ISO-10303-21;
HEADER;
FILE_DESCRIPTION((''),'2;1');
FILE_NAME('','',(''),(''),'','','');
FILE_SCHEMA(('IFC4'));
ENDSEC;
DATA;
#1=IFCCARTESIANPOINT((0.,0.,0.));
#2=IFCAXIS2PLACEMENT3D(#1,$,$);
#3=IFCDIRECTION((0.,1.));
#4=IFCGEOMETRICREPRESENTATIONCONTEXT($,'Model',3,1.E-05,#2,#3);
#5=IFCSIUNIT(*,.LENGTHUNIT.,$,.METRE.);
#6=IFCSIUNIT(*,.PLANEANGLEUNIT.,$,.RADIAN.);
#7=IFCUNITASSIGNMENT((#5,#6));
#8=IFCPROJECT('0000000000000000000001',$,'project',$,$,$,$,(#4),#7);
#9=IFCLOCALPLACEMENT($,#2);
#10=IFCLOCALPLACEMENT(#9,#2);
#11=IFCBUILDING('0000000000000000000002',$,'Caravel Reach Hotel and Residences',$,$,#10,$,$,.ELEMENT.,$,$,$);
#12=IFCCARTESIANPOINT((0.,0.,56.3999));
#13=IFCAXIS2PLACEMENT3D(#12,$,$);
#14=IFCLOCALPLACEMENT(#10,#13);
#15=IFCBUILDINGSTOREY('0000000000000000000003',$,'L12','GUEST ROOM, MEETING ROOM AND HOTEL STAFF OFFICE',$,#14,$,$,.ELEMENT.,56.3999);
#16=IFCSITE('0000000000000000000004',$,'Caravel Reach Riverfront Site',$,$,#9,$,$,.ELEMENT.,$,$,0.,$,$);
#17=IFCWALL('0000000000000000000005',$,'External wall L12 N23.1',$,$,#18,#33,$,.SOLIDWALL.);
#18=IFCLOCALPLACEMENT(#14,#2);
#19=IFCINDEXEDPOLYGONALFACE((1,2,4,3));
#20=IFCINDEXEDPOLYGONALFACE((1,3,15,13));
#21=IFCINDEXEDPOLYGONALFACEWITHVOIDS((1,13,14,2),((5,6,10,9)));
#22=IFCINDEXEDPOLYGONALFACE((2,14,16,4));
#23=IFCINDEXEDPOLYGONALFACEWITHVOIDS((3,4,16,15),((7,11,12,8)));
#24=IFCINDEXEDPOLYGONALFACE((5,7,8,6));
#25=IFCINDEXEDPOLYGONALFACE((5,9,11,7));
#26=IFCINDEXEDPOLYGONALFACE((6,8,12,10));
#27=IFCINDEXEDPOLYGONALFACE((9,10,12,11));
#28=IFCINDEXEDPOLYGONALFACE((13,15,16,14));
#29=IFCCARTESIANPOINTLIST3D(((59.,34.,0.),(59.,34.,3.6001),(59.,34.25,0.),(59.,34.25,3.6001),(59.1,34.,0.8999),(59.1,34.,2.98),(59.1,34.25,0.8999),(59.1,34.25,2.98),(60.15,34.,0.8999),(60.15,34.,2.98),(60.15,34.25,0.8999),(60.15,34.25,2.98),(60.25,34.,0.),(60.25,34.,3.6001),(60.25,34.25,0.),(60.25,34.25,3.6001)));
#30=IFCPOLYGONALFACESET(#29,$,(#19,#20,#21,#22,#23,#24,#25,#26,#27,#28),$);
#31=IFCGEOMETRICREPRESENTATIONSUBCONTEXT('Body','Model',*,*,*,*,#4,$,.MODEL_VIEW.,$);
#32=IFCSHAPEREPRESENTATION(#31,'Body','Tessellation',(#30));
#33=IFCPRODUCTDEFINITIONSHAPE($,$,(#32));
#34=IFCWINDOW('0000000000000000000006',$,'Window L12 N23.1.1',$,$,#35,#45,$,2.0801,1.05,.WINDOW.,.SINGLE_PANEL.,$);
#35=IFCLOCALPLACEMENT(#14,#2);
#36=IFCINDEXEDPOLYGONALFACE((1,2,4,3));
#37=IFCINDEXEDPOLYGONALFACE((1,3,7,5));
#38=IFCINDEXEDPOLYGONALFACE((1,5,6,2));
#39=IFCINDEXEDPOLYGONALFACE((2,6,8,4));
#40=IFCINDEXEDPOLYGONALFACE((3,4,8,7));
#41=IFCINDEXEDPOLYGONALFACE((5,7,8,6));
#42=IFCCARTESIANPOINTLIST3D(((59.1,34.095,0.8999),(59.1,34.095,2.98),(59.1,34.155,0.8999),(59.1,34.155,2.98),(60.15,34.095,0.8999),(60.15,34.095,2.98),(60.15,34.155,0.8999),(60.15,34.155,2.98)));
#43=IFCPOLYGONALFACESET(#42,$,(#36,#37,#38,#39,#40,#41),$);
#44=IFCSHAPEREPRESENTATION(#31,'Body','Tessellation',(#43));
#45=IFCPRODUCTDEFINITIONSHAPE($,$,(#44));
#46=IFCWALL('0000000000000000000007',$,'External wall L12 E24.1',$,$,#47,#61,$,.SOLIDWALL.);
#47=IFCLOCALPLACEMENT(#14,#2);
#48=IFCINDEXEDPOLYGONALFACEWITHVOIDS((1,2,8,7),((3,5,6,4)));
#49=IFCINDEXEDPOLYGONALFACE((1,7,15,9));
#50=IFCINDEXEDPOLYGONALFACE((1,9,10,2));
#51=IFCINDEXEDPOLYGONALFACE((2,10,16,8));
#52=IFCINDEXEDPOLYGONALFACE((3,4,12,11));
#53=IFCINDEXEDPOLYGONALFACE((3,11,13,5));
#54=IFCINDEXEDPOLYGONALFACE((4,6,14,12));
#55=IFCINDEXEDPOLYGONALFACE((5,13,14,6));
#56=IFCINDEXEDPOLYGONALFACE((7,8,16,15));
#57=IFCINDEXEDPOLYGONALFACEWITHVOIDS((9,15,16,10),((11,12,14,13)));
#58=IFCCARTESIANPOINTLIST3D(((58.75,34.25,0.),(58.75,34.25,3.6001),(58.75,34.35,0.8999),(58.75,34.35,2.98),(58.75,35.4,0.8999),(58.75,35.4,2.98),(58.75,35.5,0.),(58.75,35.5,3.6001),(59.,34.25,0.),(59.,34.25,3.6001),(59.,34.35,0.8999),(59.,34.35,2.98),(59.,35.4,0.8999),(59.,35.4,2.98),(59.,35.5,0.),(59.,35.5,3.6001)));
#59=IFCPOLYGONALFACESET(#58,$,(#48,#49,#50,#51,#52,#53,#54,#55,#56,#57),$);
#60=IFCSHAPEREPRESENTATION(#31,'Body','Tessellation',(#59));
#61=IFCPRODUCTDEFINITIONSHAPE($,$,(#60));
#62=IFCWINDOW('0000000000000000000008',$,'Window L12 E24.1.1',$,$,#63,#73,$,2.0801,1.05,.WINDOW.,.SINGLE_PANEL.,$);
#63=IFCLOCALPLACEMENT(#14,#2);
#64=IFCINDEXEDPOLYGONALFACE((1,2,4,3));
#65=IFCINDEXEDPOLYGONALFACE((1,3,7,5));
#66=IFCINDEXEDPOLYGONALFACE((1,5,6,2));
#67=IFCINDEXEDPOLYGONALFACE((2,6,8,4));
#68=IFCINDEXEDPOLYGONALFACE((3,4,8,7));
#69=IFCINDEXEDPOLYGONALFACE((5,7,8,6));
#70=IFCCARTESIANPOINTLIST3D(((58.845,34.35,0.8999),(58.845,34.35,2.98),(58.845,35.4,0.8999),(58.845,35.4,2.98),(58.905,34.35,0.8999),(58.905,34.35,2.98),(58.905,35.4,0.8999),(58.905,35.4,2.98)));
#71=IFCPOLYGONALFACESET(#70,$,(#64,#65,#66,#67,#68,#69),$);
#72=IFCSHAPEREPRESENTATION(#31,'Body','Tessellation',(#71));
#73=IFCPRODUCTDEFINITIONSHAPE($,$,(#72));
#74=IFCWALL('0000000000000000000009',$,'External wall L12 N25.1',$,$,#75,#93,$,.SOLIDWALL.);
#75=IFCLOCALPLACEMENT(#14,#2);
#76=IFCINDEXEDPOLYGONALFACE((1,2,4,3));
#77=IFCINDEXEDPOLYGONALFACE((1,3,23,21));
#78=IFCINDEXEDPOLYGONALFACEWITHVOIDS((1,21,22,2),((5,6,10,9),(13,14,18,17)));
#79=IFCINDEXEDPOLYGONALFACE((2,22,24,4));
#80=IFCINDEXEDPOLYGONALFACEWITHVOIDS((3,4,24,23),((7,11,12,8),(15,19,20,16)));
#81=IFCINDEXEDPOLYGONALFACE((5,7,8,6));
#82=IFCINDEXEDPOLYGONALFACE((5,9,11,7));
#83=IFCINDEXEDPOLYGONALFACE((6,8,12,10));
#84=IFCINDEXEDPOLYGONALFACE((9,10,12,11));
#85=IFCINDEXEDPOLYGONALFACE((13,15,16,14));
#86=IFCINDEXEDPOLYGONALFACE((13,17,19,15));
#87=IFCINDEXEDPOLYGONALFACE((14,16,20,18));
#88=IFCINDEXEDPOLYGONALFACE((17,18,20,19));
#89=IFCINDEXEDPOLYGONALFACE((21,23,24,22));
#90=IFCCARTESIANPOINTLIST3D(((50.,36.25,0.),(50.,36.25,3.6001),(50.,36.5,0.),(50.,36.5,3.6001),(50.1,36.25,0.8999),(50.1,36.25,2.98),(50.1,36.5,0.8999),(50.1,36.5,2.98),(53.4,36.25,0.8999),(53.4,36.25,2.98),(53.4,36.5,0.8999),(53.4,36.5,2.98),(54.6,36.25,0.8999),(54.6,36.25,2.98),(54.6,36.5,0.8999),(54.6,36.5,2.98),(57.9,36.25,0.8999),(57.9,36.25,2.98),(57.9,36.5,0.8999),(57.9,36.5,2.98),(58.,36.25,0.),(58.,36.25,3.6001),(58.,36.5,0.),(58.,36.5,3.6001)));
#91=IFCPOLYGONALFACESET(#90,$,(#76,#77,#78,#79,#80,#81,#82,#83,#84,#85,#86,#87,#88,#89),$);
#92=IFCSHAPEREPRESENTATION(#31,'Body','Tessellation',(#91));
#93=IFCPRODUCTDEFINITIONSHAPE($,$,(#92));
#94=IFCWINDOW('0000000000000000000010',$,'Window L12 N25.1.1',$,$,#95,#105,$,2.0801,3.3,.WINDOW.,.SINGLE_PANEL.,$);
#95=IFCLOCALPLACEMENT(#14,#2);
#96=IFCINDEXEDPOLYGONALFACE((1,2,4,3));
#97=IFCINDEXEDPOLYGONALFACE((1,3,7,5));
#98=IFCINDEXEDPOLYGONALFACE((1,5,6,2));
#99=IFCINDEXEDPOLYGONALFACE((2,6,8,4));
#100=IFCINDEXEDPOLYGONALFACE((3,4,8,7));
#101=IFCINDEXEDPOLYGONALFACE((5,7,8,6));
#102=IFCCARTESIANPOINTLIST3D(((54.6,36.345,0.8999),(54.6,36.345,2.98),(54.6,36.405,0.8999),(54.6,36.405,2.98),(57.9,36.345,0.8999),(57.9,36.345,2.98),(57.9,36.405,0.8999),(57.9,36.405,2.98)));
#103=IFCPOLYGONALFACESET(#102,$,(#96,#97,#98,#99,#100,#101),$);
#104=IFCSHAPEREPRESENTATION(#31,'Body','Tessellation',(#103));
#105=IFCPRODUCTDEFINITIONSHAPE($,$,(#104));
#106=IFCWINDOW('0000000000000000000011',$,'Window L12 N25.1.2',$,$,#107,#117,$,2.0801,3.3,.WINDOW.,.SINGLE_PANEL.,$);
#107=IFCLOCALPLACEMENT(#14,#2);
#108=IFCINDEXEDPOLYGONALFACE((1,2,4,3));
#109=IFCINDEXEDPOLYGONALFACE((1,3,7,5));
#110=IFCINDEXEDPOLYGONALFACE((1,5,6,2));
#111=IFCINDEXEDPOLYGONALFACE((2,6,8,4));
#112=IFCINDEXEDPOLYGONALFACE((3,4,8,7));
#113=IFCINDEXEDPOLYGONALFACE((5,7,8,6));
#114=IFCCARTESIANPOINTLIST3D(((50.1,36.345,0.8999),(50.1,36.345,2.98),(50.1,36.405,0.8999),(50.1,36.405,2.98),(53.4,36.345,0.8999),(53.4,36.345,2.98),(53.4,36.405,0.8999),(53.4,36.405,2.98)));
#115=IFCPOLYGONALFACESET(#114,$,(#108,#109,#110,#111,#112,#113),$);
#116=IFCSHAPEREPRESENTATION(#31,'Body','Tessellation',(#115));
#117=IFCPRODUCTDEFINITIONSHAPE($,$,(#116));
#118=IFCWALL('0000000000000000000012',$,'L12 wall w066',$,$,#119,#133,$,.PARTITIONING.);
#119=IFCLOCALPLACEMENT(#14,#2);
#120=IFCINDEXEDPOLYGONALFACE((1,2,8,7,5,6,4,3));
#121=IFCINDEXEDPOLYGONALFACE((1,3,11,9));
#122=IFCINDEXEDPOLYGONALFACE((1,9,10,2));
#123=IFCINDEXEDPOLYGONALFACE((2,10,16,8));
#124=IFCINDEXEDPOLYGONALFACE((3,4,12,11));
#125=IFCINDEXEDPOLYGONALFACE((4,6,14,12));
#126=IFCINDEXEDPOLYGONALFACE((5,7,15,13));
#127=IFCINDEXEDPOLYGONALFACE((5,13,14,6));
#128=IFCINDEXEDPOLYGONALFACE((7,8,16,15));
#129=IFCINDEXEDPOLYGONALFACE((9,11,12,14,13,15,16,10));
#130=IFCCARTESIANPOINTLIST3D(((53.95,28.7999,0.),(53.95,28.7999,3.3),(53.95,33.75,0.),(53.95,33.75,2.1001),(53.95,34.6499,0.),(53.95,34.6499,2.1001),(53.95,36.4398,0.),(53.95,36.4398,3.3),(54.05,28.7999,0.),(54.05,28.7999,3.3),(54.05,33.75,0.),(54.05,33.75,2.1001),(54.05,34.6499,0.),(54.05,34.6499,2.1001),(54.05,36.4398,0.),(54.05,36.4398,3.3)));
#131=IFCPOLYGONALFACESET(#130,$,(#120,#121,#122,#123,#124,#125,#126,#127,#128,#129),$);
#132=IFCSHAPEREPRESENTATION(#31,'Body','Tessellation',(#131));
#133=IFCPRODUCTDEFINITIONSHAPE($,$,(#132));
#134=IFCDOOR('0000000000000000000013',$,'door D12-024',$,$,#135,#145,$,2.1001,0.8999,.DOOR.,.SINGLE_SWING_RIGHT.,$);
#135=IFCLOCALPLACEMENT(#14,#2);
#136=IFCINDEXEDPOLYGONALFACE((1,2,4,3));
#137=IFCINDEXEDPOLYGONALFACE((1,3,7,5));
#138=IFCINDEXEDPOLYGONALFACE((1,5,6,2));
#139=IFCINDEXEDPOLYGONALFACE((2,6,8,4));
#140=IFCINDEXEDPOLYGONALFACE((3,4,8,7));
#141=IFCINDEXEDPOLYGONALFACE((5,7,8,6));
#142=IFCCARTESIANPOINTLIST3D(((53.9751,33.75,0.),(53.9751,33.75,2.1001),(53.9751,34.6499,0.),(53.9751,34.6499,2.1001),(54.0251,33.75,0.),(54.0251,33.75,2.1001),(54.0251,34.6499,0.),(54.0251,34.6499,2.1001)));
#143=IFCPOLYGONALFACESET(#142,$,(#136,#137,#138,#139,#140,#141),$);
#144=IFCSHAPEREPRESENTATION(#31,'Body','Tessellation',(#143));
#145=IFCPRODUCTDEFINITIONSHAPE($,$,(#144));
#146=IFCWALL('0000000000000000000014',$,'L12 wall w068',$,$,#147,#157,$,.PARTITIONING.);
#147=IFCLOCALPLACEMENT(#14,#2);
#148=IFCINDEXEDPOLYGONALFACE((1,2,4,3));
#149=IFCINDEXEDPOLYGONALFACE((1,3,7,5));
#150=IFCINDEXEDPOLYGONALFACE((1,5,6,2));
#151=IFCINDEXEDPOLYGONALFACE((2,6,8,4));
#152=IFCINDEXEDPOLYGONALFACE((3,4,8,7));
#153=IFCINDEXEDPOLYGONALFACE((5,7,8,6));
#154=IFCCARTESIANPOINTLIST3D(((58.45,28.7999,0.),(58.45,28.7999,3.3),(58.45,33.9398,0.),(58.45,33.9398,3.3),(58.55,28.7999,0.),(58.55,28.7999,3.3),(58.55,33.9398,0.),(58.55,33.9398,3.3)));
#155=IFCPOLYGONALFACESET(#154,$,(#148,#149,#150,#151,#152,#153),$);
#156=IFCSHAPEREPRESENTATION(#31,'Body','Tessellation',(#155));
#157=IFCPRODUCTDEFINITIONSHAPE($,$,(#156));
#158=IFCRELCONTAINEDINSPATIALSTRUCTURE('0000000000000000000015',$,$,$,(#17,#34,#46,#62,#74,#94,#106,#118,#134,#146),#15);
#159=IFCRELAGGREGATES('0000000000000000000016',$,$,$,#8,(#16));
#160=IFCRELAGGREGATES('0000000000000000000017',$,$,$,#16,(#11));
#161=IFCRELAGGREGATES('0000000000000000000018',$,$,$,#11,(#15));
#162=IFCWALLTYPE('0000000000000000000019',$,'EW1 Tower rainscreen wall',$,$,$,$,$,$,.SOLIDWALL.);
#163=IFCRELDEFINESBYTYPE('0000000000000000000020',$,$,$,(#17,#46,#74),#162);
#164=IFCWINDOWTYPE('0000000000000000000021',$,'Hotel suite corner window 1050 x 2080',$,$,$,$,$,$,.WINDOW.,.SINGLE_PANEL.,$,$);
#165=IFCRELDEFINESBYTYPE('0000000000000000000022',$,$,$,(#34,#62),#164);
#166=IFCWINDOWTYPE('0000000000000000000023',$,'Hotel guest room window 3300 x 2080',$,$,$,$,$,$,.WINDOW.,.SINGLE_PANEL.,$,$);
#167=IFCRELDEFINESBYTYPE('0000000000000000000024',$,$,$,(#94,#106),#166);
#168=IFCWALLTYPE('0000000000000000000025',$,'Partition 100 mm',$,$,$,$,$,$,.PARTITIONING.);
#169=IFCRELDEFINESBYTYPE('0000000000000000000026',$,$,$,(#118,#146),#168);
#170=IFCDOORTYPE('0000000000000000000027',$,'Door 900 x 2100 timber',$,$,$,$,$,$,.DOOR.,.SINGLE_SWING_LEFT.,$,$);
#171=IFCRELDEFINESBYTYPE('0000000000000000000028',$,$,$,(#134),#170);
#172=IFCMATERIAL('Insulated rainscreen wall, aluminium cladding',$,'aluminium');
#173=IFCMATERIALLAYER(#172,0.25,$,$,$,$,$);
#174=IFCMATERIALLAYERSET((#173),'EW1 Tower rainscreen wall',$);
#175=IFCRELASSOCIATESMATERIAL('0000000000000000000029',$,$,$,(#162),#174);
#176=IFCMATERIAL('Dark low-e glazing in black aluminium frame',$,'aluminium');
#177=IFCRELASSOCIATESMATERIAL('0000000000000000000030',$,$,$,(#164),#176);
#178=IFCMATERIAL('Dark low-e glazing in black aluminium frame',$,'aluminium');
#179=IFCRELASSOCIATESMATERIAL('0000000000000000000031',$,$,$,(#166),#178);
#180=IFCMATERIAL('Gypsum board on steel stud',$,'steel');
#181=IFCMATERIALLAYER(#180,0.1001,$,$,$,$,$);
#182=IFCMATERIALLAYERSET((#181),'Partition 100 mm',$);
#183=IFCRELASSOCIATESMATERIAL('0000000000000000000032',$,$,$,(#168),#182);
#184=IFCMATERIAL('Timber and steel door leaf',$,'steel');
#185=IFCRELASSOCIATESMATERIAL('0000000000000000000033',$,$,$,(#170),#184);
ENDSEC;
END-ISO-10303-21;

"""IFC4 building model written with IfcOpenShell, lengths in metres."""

from ifc_helpers import new_model, si_unit, direction, frame, frame_2d, origin, place, context, subcontext, project, spatial, rectangle, extrude, material, layer, layer_set, type_object, element, fill, save


model = new_model("IFC4")

# Units and contexts
model_context = context("Model", 3, precision=1e-05, world=origin(), true_north=direction((0.0, 1.0)))
body_context = subcontext(model_context, "Body", "Model", "MODEL_VIEW")
ifc_project = project(units=[si_unit("LENGTHUNIT", "METRE"), si_unit("PLANEANGLEUNIT", "RADIAN")], contexts=[model_context])

# Site, building, storey
site_placement = place(None, origin())
site = spatial("IfcSite", under=ifc_project, at=site_placement, Name="Caravel Reach Riverfront Site", CompositionType="ELEMENT", RefElevation=0.0)
building_placement = place(site_placement, origin())
building = spatial("IfcBuilding", under=site, at=building_placement, Name="Caravel Reach Hotel and Residences", CompositionType="ELEMENT")
storey_placement = place(building_placement, frame((0.0, 0.0, 56.3999)))
storey = spatial("IfcBuildingStorey", under=building, at=storey_placement, Name="L12", Description="GUEST ROOM, MEETING ROOM AND HOTEL STAFF OFFICE", CompositionType="ELEMENT", Elevation=56.3999)

# Walls, openings, windows
ifc_material_1 = material(Name="Insulated rainscreen wall, aluminium cladding", Category="aluminium")
ifc_layer_1 = layer(ifc_material_1, 0.25)
ifc_layer_set_1 = layer_set([ifc_layer_1], Name="EW1 Tower rainscreen wall")
wall_type_1 = type_object("IfcWallType", Name="EW1 Tower rainscreen wall", PredefinedType="SOLIDWALL", material=ifc_layer_set_1)
ifc_material_2 = material(Name="Dark low-e glazing in black aluminium frame", Category="aluminium")
window_type_1 = type_object("IfcWindowType", Name="Hotel suite corner window 1050 x 2080", PartitioningType="SINGLE_PANEL", PredefinedType="WINDOW", material=ifc_material_2)
wall_1_placement = place(storey_placement, frame((60.25, 34.125, 0.0), z_axis=(0.0, 0.0, 1.0), x_axis=(-1.0, 0.0, 0.0)))
wall_1 = element("IfcWall", 1, at=wall_1_placement, inside=storey, type_object=wall_type_1, Name="External wall L12 N23.1", PredefinedType="SOLIDWALL", context=body_context, shape_type="SweptSolid", body=[
    extrude(rectangle(XDim=1.25, YDim=0.25, at=frame_2d((0.625, 0.0))), origin(), (0.0, 0.0, 1.0), 3.6001),
])
opening_1_placement = place(wall_1_placement, frame((0.1001, 0.0, 0.8999)))
opening_1 = element("IfcOpeningElement", 2, at=opening_1_placement, cuts=wall_1, PredefinedType="OPENING", context=body_context, shape_type="SweptSolid", body=[
    extrude(rectangle(XDim=1.05, YDim=2.0801, at=frame_2d((0.5249, 1.04))), frame((0.0, 0.135, 0.0), z_axis=(0.0, -1.0, 0.0), x_axis=(1.0, 0.0, 0.0)), (0.0, 0.0, 1.0), 0.27),
])
window_1_placement = place(opening_1_placement, origin())
window_1 = element("IfcWindow", 3, at=window_1_placement, inside=storey, type_object=window_type_1, Name="Window L12 N23.1.1", OverallHeight=2.0801, OverallWidth=1.05, PartitioningType="SINGLE_PANEL", PredefinedType="WINDOW", context=body_context, shape_type="SweptSolid", body=[
    extrude(rectangle(XDim=1.05, YDim=2.0801, at=frame_2d((0.5249, 1.04))), frame((0.0, 0.03, 0.0), z_axis=(0.0, -1.0, 0.0), x_axis=(1.0, 0.0, 0.0)), (0.0, 0.0, 1.0), 0.0601),
])
fill(opening_1, window_1)
wall_2_placement = place(storey_placement, frame((58.875, 34.25, 0.0), z_axis=(0.0, 0.0, 1.0), x_axis=(0.0, 1.0, 0.0)))
wall_2 = element("IfcWall", 4, at=wall_2_placement, inside=storey, type_object=wall_type_1, Name="External wall L12 E24.1", PredefinedType="SOLIDWALL", context=body_context, shape_type="SweptSolid", body=[
    extrude(rectangle(XDim=1.25, YDim=0.25, at=frame_2d((0.625, 0.0))), origin(), (0.0, 0.0, 1.0), 3.6001),
])
opening_2_placement = place(wall_2_placement, frame((0.1001, 0.0, 0.8999)))
opening_2 = element("IfcOpeningElement", 5, at=opening_2_placement, cuts=wall_2, PredefinedType="OPENING", context=body_context, shape_type="SweptSolid", body=[
    extrude(rectangle(XDim=1.05, YDim=2.0801, at=frame_2d((0.5249, 1.04))), frame((0.0, 0.135, 0.0), z_axis=(0.0, -1.0, 0.0), x_axis=(1.0, 0.0, 0.0)), (0.0, 0.0, 1.0), 0.27),
])
window_2_placement = place(opening_2_placement, origin())
window_2 = element("IfcWindow", 6, at=window_2_placement, inside=storey, type_object=window_type_1, Name="Window L12 E24.1.1", OverallHeight=2.0801, OverallWidth=1.05, PartitioningType="SINGLE_PANEL", PredefinedType="WINDOW", context=body_context, shape_type="SweptSolid", body=[
    extrude(rectangle(XDim=1.05, YDim=2.0801, at=frame_2d((0.5249, 1.04))), frame((0.0, 0.03, 0.0), z_axis=(0.0, -1.0, 0.0), x_axis=(1.0, 0.0, 0.0)), (0.0, 0.0, 1.0), 0.0601),
])
fill(opening_2, window_2)

# Wall, openings, windows
wall_3_placement = place(storey_placement, frame((58.0, 36.375, 0.0), z_axis=(0.0, 0.0, 1.0), x_axis=(-1.0, 0.0, 0.0)))
wall_3 = element("IfcWall", 7, at=wall_3_placement, inside=storey, type_object=wall_type_1, Name="External wall L12 N25.1", PredefinedType="SOLIDWALL", context=body_context, shape_type="SweptSolid", body=[
    extrude(rectangle(XDim=8.0, YDim=0.25, at=frame_2d((4.0, 0.0))), origin(), (0.0, 0.0, 1.0), 3.6001),
])
opening_3_placement = place(wall_3_placement, frame((0.1001, 0.0, 0.8999)))
opening_3 = element("IfcOpeningElement", 8, at=opening_3_placement, cuts=wall_3, PredefinedType="OPENING", context=body_context, shape_type="SweptSolid", body=[
    extrude(rectangle(XDim=3.3, YDim=2.0801, at=frame_2d((1.6499, 1.04))), frame((0.0, 0.135, 0.0), z_axis=(0.0, -1.0, 0.0), x_axis=(1.0, 0.0, 0.0)), (0.0, 0.0, 1.0), 0.27),
])
opening_4_placement = place(wall_3_placement, frame((4.6001, 0.0, 0.8999)))
opening_4 = element("IfcOpeningElement", 9, at=opening_4_placement, cuts=wall_3, PredefinedType="OPENING", context=body_context, shape_type="SweptSolid", body=[
    extrude(rectangle(XDim=3.3, YDim=2.0801, at=frame_2d((1.6499, 1.04))), frame((0.0, 0.135, 0.0), z_axis=(0.0, -1.0, 0.0), x_axis=(1.0, 0.0, 0.0)), (0.0, 0.0, 1.0), 0.27),
])
ifc_material_3 = material(Name="Dark low-e glazing in black aluminium frame", Category="aluminium")
window_type_2 = type_object("IfcWindowType", Name="Hotel guest room window 3300 x 2080", PartitioningType="SINGLE_PANEL", PredefinedType="WINDOW", material=ifc_material_3)
window_3_placement = place(opening_3_placement, origin())
window_3 = element("IfcWindow", 10, at=window_3_placement, inside=storey, type_object=window_type_2, Name="Window L12 N25.1.1", OverallHeight=2.0801, OverallWidth=3.3, PartitioningType="SINGLE_PANEL", PredefinedType="WINDOW", context=body_context, shape_type="SweptSolid", body=[
    extrude(rectangle(XDim=3.3, YDim=2.0801, at=frame_2d((1.6499, 1.04))), frame((0.0, 0.03, 0.0), z_axis=(0.0, -1.0, 0.0), x_axis=(1.0, 0.0, 0.0)), (0.0, 0.0, 1.0), 0.0601),
])
fill(opening_3, window_3)
window_4_placement = place(opening_4_placement, origin())
window_4 = element("IfcWindow", 11, at=window_4_placement, inside=storey, type_object=window_type_2, Name="Window L12 N25.1.2", OverallHeight=2.0801, OverallWidth=3.3, PartitioningType="SINGLE_PANEL", PredefinedType="WINDOW", context=body_context, shape_type="SweptSolid", body=[
    extrude(rectangle(XDim=3.3, YDim=2.0801, at=frame_2d((1.6499, 1.04))), frame((0.0, 0.03, 0.0), z_axis=(0.0, -1.0, 0.0), x_axis=(1.0, 0.0, 0.0)), (0.0, 0.0, 1.0), 0.0601),
])
fill(opening_4, window_4)

# Wall, opening, door
ifc_material_4 = material(Name="Gypsum board on steel stud", Category="steel")
ifc_layer_2 = layer(ifc_material_4, 0.1001)
ifc_layer_set_2 = layer_set([ifc_layer_2], Name="Partition 100 mm")
wall_type_2 = type_object("IfcWallType", Name="Partition 100 mm", PredefinedType="PARTITIONING", material=ifc_layer_set_2)
wall_4_placement = place(storey_placement, frame((54.0, 28.8, 0.0), z_axis=(0.0, 0.0, 1.0), x_axis=(0.0, 1.0, 0.0)))
wall_4 = element("IfcWall", 12, at=wall_4_placement, inside=storey, type_object=wall_type_2, Name="L12 wall w066", PredefinedType="PARTITIONING", context=body_context, shape_type="SweptSolid", body=[
    extrude(rectangle(XDim=7.6399, YDim=0.1001, at=frame_2d((3.8198, 0.0))), origin(), (0.0, 0.0, 1.0), 3.3),
])
opening_5_placement = place(wall_4_placement, frame((4.95, 0.0, 0.0)))
opening_5 = element("IfcOpeningElement", 13, at=opening_5_placement, cuts=wall_4, PredefinedType="OPENING", context=body_context, shape_type="SweptSolid", body=[
    extrude(rectangle(XDim=0.8999, YDim=2.1001, at=frame_2d((0.45, 1.05))), frame((0.0, 0.0601, 0.0), z_axis=(0.0, -1.0, 0.0), x_axis=(1.0, 0.0, 0.0)), (0.0, 0.0, 1.0), 0.1201),
])
ifc_material_5 = material(Name="Timber and steel door leaf", Category="steel")
door_type_1 = type_object("IfcDoorType", Name="Door 900 x 2100 timber", OperationType="SINGLE_SWING_LEFT", PredefinedType="DOOR", material=ifc_material_5)
door_1_placement = place(opening_5_placement, origin())
door_1 = element("IfcDoor", 14, at=door_1_placement, inside=storey, type_object=door_type_1, Name="door D12-024", OperationType="SINGLE_SWING_RIGHT", OverallHeight=2.1001, OverallWidth=0.8999, PredefinedType="DOOR", context=body_context, shape_type="SweptSolid", body=[
    extrude(rectangle(XDim=0.8999, YDim=2.1001, at=frame_2d((0.45, 1.05))), frame((0.0, 0.0249, 0.0), z_axis=(0.0, -1.0, 0.0), x_axis=(1.0, 0.0, 0.0)), (0.0, 0.0, 1.0), 0.05),
])
fill(opening_5, door_1)

# Wall
wall_5_placement = place(storey_placement, frame((58.5, 28.8, 0.0), z_axis=(0.0, 0.0, 1.0), x_axis=(0.0, 1.0, 0.0)))
element("IfcWall", 15, at=wall_5_placement, inside=storey, type_object=wall_type_2, Name="L12 wall w068", PredefinedType="PARTITIONING", context=body_context, shape_type="SweptSolid", body=[
    extrude(rectangle(XDim=5.1399, YDim=0.1001, at=frame_2d((2.5698, 0.0))), origin(), (0.0, 0.0, 1.0), 3.3),
])

save(model, "model.ifc")
